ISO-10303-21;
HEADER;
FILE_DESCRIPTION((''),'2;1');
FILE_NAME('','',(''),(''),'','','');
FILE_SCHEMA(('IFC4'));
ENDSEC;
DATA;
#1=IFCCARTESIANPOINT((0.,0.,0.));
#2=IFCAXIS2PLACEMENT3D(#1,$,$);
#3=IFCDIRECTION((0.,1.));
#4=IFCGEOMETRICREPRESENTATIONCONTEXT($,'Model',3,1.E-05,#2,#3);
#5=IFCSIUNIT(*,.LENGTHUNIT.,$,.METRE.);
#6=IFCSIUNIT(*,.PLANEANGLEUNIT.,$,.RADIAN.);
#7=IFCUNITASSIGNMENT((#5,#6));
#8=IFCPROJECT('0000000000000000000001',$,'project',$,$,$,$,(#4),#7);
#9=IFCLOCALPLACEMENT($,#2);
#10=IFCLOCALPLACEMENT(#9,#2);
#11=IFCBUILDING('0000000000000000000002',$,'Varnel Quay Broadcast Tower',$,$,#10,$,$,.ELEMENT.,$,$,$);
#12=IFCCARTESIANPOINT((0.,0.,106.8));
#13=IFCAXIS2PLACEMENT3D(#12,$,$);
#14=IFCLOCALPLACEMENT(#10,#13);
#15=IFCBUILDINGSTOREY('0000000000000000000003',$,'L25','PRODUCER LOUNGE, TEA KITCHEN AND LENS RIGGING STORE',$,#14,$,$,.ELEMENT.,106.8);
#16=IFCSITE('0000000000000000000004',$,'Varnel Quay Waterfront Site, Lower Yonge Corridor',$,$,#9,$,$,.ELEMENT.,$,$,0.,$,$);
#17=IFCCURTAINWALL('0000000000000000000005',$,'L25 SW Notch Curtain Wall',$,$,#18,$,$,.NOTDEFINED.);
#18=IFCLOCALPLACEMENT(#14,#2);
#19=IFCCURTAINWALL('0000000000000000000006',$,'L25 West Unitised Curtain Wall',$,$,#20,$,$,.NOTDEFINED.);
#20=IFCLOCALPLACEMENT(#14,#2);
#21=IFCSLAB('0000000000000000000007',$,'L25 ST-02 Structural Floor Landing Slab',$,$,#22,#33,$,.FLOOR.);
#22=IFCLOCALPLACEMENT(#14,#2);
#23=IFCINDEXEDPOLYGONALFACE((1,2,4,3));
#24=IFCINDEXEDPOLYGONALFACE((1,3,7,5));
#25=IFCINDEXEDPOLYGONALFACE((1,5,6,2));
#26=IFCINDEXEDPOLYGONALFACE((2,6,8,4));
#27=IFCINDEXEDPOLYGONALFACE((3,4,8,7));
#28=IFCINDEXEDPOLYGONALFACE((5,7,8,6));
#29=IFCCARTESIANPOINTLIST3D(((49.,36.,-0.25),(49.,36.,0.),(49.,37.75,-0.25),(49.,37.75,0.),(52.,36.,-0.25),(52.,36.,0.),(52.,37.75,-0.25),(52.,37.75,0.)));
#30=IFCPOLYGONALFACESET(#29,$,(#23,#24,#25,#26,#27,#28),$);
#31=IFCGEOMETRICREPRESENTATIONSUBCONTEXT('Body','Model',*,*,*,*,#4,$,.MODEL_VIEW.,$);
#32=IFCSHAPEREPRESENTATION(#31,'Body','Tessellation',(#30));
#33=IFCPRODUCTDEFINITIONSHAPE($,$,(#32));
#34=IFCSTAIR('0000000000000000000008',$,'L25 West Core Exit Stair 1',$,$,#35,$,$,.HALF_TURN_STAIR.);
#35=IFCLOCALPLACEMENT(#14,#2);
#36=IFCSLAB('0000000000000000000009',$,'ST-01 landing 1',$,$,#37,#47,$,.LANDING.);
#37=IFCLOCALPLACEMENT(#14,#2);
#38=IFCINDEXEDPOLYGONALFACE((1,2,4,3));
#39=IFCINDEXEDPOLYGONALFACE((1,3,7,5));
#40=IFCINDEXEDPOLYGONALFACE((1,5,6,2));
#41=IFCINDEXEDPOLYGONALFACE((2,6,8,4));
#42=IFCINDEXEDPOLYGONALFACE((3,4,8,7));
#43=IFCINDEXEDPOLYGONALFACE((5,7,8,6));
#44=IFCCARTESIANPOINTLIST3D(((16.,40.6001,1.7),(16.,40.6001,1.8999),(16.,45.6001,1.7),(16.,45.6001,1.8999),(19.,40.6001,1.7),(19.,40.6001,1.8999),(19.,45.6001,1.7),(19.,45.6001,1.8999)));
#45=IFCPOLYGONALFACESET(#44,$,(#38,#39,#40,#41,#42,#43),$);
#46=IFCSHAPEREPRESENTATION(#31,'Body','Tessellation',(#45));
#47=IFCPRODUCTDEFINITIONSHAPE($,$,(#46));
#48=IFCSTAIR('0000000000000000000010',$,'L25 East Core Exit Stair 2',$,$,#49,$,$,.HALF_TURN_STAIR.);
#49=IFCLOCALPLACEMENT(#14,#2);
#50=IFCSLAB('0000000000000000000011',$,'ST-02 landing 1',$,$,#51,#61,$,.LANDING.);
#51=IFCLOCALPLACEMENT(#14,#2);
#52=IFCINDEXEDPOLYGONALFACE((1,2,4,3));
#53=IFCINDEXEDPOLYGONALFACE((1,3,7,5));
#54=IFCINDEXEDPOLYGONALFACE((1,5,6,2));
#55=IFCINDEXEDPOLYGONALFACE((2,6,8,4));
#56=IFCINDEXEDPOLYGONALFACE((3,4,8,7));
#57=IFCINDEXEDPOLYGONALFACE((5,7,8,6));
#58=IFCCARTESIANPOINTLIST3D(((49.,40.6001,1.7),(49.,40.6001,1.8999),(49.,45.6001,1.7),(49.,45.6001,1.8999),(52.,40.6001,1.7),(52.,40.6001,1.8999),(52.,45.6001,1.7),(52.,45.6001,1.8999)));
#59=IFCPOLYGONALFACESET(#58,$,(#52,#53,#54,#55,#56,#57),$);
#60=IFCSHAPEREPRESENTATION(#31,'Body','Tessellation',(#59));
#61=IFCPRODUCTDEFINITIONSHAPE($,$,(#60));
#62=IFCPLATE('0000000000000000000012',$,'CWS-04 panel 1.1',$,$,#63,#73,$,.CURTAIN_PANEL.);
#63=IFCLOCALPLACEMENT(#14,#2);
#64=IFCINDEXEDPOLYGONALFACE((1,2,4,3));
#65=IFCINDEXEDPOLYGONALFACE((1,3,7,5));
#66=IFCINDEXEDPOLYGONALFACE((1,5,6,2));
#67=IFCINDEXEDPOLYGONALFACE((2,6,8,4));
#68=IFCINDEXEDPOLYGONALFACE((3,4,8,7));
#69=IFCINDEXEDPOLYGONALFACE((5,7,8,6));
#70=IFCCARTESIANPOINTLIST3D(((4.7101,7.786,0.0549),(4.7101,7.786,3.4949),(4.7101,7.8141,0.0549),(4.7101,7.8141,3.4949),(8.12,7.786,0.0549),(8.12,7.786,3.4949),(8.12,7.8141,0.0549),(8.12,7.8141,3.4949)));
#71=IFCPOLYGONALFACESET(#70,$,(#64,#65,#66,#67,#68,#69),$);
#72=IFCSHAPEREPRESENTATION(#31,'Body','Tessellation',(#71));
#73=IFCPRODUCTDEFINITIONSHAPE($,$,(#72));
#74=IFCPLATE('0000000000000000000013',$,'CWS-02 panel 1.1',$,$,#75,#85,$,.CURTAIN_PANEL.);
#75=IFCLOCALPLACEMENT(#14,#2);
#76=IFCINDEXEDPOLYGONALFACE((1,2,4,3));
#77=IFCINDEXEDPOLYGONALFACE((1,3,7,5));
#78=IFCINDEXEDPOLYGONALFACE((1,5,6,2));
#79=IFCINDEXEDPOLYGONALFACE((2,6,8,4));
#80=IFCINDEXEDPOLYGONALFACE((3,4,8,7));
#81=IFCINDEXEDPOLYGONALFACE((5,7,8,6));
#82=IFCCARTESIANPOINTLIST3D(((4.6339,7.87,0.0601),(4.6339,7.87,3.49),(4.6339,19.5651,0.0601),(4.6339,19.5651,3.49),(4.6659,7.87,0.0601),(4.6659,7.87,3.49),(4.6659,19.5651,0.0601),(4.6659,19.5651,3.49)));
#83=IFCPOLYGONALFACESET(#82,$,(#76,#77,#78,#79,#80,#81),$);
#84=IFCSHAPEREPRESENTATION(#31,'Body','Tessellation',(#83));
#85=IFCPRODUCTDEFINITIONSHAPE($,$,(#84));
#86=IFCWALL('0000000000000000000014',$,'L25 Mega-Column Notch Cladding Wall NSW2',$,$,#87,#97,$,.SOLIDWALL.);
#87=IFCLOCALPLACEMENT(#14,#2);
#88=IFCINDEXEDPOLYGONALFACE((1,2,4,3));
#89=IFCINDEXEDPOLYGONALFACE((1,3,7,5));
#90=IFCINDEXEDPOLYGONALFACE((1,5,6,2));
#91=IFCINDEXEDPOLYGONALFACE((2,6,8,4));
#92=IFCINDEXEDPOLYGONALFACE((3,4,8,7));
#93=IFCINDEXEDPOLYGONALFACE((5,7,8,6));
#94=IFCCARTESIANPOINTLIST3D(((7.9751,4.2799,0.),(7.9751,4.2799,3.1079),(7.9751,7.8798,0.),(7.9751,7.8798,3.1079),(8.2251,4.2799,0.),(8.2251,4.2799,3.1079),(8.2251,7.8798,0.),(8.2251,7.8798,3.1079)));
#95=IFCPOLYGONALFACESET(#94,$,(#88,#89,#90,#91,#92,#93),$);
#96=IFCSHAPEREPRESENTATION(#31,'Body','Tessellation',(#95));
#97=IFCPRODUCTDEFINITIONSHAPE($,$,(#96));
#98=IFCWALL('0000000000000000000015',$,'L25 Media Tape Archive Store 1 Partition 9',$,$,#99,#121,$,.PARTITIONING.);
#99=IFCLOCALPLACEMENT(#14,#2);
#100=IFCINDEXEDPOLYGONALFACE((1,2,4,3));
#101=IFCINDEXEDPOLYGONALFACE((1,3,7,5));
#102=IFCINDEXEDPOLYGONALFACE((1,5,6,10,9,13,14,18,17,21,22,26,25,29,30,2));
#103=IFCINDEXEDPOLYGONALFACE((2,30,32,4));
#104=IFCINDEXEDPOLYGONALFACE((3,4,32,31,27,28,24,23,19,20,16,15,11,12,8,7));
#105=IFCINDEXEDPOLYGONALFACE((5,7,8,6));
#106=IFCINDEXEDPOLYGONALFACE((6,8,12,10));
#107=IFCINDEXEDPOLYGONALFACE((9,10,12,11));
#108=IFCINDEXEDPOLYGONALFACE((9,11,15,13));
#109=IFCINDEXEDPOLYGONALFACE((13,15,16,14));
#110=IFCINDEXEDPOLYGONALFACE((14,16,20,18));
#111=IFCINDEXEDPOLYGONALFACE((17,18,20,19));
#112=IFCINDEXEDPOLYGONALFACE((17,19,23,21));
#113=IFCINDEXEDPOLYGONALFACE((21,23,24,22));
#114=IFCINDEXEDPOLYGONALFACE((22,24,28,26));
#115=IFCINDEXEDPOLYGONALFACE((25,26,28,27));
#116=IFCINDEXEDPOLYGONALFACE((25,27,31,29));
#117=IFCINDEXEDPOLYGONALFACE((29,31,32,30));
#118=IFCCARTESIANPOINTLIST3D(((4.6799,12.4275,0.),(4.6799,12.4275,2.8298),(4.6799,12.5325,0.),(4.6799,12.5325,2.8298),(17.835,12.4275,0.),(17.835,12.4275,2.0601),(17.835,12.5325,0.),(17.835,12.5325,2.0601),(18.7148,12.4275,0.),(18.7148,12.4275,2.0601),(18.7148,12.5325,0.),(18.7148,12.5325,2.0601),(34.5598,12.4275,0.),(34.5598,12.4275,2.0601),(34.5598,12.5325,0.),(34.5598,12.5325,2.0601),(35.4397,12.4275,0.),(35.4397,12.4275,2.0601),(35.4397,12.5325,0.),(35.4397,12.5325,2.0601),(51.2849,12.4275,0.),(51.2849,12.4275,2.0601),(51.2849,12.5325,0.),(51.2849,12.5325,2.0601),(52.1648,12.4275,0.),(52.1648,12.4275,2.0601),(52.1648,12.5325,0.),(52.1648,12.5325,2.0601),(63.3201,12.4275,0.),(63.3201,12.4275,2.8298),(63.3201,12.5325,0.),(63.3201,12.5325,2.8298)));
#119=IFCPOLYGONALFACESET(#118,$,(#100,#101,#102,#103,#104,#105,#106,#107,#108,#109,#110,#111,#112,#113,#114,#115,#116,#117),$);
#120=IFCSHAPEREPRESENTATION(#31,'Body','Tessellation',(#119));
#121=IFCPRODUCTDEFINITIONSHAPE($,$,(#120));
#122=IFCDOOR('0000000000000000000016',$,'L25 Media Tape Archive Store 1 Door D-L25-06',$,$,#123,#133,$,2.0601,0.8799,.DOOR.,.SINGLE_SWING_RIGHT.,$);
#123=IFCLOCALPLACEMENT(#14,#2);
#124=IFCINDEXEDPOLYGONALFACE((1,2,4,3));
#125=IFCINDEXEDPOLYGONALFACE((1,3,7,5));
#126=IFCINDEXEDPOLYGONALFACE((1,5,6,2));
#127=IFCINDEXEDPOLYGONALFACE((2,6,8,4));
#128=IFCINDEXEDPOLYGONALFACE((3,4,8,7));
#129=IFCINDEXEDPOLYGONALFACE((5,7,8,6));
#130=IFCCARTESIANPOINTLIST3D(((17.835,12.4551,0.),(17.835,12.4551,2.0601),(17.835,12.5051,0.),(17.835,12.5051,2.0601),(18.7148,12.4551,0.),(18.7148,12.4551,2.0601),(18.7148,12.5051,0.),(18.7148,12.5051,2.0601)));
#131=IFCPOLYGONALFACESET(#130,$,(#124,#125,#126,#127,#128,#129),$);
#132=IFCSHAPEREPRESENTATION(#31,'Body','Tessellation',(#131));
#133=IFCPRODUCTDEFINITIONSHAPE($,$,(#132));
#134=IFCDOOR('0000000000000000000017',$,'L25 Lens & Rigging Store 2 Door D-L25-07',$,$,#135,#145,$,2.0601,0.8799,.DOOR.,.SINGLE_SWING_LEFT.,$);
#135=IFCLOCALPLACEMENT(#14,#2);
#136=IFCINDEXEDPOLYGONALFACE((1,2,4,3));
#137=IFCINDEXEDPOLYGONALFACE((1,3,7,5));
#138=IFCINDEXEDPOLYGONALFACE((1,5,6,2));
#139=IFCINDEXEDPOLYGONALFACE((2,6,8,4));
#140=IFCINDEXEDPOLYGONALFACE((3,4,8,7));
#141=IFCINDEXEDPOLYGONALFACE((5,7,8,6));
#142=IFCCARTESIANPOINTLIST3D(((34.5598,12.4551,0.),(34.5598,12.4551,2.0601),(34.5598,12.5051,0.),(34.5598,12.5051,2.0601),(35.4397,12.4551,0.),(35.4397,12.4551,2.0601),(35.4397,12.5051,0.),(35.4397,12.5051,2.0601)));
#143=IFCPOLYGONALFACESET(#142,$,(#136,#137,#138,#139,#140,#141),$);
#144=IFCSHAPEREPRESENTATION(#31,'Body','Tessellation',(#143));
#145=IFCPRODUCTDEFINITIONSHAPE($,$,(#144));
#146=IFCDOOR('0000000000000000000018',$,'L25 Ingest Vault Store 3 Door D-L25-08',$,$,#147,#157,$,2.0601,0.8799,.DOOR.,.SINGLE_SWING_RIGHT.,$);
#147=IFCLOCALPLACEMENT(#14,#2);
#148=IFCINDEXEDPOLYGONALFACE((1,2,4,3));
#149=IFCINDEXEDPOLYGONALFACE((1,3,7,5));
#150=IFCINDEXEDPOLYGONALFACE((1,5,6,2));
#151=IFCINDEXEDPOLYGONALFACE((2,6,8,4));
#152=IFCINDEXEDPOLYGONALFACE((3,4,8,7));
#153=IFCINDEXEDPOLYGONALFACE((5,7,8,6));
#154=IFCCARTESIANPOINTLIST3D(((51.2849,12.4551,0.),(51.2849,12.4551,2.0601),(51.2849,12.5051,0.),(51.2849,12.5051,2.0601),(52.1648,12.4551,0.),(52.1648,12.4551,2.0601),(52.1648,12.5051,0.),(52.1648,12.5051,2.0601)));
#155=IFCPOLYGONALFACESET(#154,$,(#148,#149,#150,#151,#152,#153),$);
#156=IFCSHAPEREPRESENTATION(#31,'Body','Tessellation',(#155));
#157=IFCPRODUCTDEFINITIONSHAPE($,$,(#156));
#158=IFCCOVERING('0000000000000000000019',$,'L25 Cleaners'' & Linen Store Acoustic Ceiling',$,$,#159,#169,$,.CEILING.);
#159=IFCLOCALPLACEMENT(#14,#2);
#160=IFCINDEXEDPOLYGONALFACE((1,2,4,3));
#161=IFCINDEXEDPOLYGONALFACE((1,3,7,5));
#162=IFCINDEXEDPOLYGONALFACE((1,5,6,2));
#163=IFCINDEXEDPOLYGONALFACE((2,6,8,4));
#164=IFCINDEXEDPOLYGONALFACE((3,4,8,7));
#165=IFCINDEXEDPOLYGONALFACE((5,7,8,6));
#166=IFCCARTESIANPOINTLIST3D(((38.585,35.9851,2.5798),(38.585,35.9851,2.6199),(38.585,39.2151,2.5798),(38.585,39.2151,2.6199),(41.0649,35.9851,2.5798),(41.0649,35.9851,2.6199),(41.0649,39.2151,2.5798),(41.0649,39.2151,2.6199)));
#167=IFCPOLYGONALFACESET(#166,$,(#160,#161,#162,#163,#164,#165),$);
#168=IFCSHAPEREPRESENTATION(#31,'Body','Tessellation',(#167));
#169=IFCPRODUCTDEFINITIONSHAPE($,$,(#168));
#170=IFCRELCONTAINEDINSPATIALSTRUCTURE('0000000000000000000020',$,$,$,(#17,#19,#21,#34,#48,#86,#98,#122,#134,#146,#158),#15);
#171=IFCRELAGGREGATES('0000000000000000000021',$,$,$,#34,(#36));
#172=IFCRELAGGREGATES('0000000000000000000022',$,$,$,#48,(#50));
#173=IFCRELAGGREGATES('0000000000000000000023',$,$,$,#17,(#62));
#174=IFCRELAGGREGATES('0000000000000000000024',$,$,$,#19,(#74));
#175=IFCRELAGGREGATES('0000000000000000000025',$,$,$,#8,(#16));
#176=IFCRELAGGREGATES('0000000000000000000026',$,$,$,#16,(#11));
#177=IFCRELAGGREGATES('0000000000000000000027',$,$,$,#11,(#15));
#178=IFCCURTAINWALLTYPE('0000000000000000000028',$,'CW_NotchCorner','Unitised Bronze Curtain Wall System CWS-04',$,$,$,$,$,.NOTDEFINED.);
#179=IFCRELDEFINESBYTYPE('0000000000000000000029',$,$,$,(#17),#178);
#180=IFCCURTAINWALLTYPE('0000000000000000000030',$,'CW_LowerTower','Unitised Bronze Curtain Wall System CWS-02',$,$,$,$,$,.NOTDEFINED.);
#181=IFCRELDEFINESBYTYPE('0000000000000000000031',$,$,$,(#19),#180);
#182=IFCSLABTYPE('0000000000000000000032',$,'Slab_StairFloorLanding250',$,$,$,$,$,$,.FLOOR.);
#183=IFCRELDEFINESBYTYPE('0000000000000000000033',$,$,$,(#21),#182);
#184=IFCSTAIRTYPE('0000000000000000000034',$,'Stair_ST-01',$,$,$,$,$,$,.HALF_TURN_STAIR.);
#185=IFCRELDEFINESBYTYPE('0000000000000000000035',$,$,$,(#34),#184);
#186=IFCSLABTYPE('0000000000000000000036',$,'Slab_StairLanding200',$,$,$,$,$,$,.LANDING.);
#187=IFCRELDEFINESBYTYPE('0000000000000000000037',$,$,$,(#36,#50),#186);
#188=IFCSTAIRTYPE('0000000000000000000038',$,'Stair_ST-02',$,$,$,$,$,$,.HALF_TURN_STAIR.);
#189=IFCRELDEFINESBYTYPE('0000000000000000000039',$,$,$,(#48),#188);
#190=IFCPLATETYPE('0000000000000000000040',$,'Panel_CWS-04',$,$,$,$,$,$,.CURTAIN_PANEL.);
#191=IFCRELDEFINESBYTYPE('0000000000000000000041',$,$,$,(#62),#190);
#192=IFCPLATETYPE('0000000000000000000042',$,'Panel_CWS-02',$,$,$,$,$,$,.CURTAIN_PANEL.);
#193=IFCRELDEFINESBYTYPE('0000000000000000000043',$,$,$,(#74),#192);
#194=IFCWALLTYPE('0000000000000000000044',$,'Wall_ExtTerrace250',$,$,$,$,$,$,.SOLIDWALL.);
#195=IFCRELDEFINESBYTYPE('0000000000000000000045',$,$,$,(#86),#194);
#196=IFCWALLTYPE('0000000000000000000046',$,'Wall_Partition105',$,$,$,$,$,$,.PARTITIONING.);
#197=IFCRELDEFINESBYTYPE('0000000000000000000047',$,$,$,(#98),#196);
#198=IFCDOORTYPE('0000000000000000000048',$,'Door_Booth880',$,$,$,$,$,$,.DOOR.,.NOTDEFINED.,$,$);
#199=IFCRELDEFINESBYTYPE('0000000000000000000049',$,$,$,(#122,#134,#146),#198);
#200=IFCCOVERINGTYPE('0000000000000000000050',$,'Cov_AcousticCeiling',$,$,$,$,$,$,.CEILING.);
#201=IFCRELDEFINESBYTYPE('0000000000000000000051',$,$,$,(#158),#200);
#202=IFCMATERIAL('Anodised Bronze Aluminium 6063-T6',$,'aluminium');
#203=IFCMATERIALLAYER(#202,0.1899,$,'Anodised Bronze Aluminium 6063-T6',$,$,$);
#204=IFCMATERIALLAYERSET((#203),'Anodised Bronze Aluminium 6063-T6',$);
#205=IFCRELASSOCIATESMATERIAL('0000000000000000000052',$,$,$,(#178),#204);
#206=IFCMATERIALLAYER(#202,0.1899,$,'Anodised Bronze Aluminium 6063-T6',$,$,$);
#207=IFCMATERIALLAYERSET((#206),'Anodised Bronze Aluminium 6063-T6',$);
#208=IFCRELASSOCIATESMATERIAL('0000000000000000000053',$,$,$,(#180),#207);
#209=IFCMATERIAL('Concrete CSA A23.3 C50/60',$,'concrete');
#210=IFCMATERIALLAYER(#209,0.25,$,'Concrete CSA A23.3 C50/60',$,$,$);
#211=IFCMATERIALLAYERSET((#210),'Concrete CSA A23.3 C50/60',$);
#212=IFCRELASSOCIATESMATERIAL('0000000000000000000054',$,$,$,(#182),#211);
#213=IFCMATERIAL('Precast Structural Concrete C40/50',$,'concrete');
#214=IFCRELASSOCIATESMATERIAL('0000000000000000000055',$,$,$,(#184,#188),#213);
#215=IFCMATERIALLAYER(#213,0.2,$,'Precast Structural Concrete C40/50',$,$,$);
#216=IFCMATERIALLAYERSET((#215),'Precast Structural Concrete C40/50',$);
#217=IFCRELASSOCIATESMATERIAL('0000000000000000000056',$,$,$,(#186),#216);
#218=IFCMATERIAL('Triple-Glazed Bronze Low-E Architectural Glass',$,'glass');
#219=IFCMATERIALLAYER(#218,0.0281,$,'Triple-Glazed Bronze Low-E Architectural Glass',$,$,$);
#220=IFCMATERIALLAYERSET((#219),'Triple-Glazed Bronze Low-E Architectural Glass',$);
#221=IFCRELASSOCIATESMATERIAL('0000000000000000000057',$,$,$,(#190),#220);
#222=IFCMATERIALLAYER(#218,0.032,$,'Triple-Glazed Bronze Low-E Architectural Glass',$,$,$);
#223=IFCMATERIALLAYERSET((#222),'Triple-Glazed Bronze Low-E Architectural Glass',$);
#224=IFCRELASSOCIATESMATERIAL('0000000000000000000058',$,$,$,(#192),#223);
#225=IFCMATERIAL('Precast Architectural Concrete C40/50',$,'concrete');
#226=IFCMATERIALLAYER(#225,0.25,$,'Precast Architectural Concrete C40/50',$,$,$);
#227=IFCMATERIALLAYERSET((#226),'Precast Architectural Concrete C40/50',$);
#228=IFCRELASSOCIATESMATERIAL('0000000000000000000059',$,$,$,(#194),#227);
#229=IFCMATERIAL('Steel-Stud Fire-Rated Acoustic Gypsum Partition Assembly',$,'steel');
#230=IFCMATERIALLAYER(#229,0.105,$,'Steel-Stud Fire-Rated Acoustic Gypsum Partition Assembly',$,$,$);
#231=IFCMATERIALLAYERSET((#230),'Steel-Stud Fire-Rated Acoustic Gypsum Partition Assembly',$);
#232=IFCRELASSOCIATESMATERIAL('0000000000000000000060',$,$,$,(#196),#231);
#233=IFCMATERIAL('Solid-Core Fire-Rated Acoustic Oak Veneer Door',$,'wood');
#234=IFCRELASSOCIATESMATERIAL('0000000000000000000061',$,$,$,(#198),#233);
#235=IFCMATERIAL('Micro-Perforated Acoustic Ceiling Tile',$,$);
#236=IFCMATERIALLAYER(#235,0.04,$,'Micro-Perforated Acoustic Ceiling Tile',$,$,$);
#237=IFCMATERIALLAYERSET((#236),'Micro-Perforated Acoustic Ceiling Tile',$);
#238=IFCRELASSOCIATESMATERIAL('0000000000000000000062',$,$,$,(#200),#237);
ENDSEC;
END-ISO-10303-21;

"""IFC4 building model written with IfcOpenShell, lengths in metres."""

from ifc_helpers import new_model, si_unit, direction, frame, frame_2d, origin, origin_2d, place, context, subcontext, project, spatial, polyline, rectangle, outline, extrude, source, transform, mapped, material, layer, layer_set, type_object, type_shapes, element, fill, aggregate, save


model = new_model("IFC4")

# Units and contexts
model_context = context("Model", 3, precision=1e-05, world=origin(), true_north=direction((0.0, 1.0)))
body_context = subcontext(model_context, "Body", "Model", "MODEL_VIEW")
ifc_project = project(units=[si_unit("LENGTHUNIT", "METRE"), si_unit("PLANEANGLEUNIT", "RADIAN")], contexts=[model_context])

# Site, building, storey
site_placement = place(None, origin())
site = spatial("IfcSite", under=ifc_project, at=site_placement, Name="Varnel Quay Waterfront Site, Lower Yonge Corridor", CompositionType="ELEMENT", RefElevation=0.0)
building_placement = place(site_placement, origin())
building = spatial("IfcBuilding", under=site, at=building_placement, Name="Varnel Quay Broadcast Tower", CompositionType="ELEMENT")
storey_placement = place(building_placement, frame((0.0, 0.0, 106.8)))
storey = spatial("IfcBuildingStorey", under=building, at=storey_placement, Name="L25", Description="PRODUCER LOUNGE, TEA KITCHEN AND LENS RIGGING STORE", CompositionType="ELEMENT", Elevation=106.8)

# Curtain walls
ifc_material_1 = material(Name="Anodised Bronze Aluminium 6063-T6", Category="aluminium")
ifc_layer_1 = layer(ifc_material_1, 0.1899, Name="Anodised Bronze Aluminium 6063-T6")
ifc_layer_set_1 = layer_set([ifc_layer_1], Name="Anodised Bronze Aluminium 6063-T6")
curtain_wall_type_1 = type_object("IfcCurtainWallType", Name="CW_NotchCorner", Description="Unitised Bronze Curtain Wall System CWS-04", PredefinedType="NOTDEFINED", material=ifc_layer_set_1)
curtain_wall_1_placement = place(storey_placement, origin())
curtain_wall_1 = element("IfcCurtainWall", 1, at=curtain_wall_1_placement, inside=storey, type_object=curtain_wall_type_1, Name="L25 SW Notch Curtain Wall", PredefinedType="NOTDEFINED")
ifc_layer_2 = layer(ifc_material_1, 0.1899, Name="Anodised Bronze Aluminium 6063-T6")
ifc_layer_set_2 = layer_set([ifc_layer_2], Name="Anodised Bronze Aluminium 6063-T6")
curtain_wall_type_2 = type_object("IfcCurtainWallType", Name="CW_LowerTower", Description="Unitised Bronze Curtain Wall System CWS-02", PredefinedType="NOTDEFINED", material=ifc_layer_set_2)
curtain_wall_2_placement = place(storey_placement, origin())
curtain_wall_2 = element("IfcCurtainWall", 2, at=curtain_wall_2_placement, inside=storey, type_object=curtain_wall_type_2, Name="L25 West Unitised Curtain Wall", PredefinedType="NOTDEFINED")

# Slab
ifc_material_2 = material(Name="Concrete CSA A23.3 C50/60", Category="concrete")
ifc_layer_3 = layer(ifc_material_2, 0.25, Name="Concrete CSA A23.3 C50/60")
ifc_layer_set_3 = layer_set([ifc_layer_3], Name="Concrete CSA A23.3 C50/60")
slab_type_1 = type_object("IfcSlabType", Name="Slab_StairFloorLanding250", PredefinedType="FLOOR", material=ifc_layer_set_3)
slab_1_placement = place(storey_placement, frame((0.0, 0.0, -0.25)))
element("IfcSlab", 3, at=slab_1_placement, inside=storey, type_object=slab_type_1, Name="L25 ST-02 Structural Floor Landing Slab", PredefinedType="FLOOR", context=body_context, shape_type="SweptSolid", body=[
    extrude(outline(polyline([(52.0, 36.0), (52.0, 37.75), (49.0, 37.75), (49.0, 36.0), (52.0, 36.0)])), origin(), (0.0, 0.0, 1.0), 0.25),
])

# Stairs, slabs
ifc_material_3 = material(Name="Precast Structural Concrete C40/50", Category="concrete")
stair_type_1 = type_object("IfcStairType", Name="Stair_ST-01", PredefinedType="HALF_TURN_STAIR", material=ifc_material_3)
stair_1_placement = place(storey_placement, origin())
stair_1 = element("IfcStair", 4, at=stair_1_placement, inside=storey, type_object=stair_type_1, Name="L25 West Core Exit Stair 1", PredefinedType="HALF_TURN_STAIR")
ifc_layer_4 = layer(ifc_material_3, 0.2, Name="Precast Structural Concrete C40/50")
ifc_layer_set_4 = layer_set([ifc_layer_4], Name="Precast Structural Concrete C40/50")
slab_type_2 = type_object("IfcSlabType", Name="Slab_StairLanding200", PredefinedType="LANDING", material=ifc_layer_set_4)
slab_2_placement = place(storey_placement, frame((0.0, 0.0, 1.7)))
slab_2 = element("IfcSlab", 5, at=slab_2_placement, type_object=slab_type_2, Name="ST-01 landing 1", PredefinedType="LANDING", context=body_context, shape_type="SweptSolid", body=[
    extrude(outline(polyline([(19.0, 40.6001), (19.0, 45.6001), (16.0, 45.6001), (16.0, 40.6001), (19.0, 40.6001)])), origin(), (0.0, 0.0, 1.0), 0.2),
])
aggregate(stair_1, [slab_2])
stair_type_2 = type_object("IfcStairType", Name="Stair_ST-02", PredefinedType="HALF_TURN_STAIR", material=ifc_material_3)
stair_2_placement = place(storey_placement, origin())
stair_2 = element("IfcStair", 6, at=stair_2_placement, inside=storey, type_object=stair_type_2, Name="L25 East Core Exit Stair 2", PredefinedType="HALF_TURN_STAIR")
slab_3_placement = place(storey_placement, frame((0.0, 0.0, 1.7)))
slab_3 = element("IfcSlab", 7, at=slab_3_placement, type_object=slab_type_2, Name="ST-02 landing 1", PredefinedType="LANDING", context=body_context, shape_type="SweptSolid", body=[
    extrude(outline(polyline([(52.0, 40.6001), (52.0, 45.6001), (49.0, 45.6001), (49.0, 40.6001), (52.0, 40.6001)])), origin(), (0.0, 0.0, 1.0), 0.2),
])
aggregate(stair_2, [slab_3])

# Plates
ifc_material_4 = material(Name="Triple-Glazed Bronze Low-E Architectural Glass", Category="glass")
ifc_layer_5 = layer(ifc_material_4, 0.0281, Name="Triple-Glazed Bronze Low-E Architectural Glass")
ifc_layer_set_5 = layer_set([ifc_layer_5], Name="Triple-Glazed Bronze Low-E Architectural Glass")
plate_type_1 = type_object("IfcPlateType", Name="Panel_CWS-04", PredefinedType="CURTAIN_PANEL", material=ifc_layer_set_5)
shared_shape_1 = source(origin(), body_context, "Body", "SweptSolid", [
    extrude(rectangle(XDim=3.4099, YDim=0.0281, at=origin_2d()), origin(), (0.0, 0.0, 1.0), 3.4399),
])
type_shapes(plate_type_1, [shared_shape_1])
plate_1_placement = place(storey_placement, frame((6.415, 7.8, 0.0549), z_axis=(0.0, 0.0, 1.0), x_axis=(1.0, 0.0, 0.0)))
plate_1 = element("IfcPlate", 8, at=plate_1_placement, type_object=plate_type_1, Name="CWS-04 panel 1.1", PredefinedType="CURTAIN_PANEL", context=body_context, shape_type="MappedRepresentation", body=[
    mapped(shared_shape_1, transform((0.0, 0.0, 0.0), x_axis=(1.0, 0.0, 0.0), y_axis=(0.0, 1.0, 0.0), z_axis=(0.0, 0.0, 1.0), scale=1.0)),
])
aggregate(curtain_wall_1, [plate_1])
ifc_layer_6 = layer(ifc_material_4, 0.032, Name="Triple-Glazed Bronze Low-E Architectural Glass")
ifc_layer_set_6 = layer_set([ifc_layer_6], Name="Triple-Glazed Bronze Low-E Architectural Glass")
plate_type_2 = type_object("IfcPlateType", Name="Panel_CWS-02", PredefinedType="CURTAIN_PANEL", material=ifc_layer_set_6)
shared_shape_2 = source(origin(), body_context, "Body", "SweptSolid", [
    extrude(rectangle(XDim=11.6951, YDim=0.032, at=origin_2d()), origin(), (0.0, 0.0, 1.0), 3.4299),
])
type_shapes(plate_type_2, [shared_shape_2])
plate_2_placement = place(storey_placement, frame((4.6499, 13.7175, 0.0601), z_axis=(0.0, 0.0, 1.0), x_axis=(0.0, 1.0, 0.0)))
plate_2 = element("IfcPlate", 9, at=plate_2_placement, type_object=plate_type_2, Name="CWS-02 panel 1.1", PredefinedType="CURTAIN_PANEL", context=body_context, shape_type="MappedRepresentation", body=[
    mapped(shared_shape_2, transform((0.0, 0.0, 0.0), x_axis=(1.0, 0.0, 0.0), y_axis=(0.0, 1.0, 0.0), z_axis=(0.0, 0.0, 1.0), scale=1.0)),
])
aggregate(curtain_wall_2, [plate_2])

# Wall
ifc_material_5 = material(Name="Precast Architectural Concrete C40/50", Category="concrete")
ifc_layer_7 = layer(ifc_material_5, 0.25, Name="Precast Architectural Concrete C40/50")
ifc_layer_set_7 = layer_set([ifc_layer_7], Name="Precast Architectural Concrete C40/50")
wall_type_1 = type_object("IfcWallType", Name="Wall_ExtTerrace250", PredefinedType="SOLIDWALL", material=ifc_layer_set_7)
wall_1_placement = place(storey_placement, frame((8.1001, 4.28, 0.0), z_axis=(0.0, 0.0, 1.0), x_axis=(0.0, 1.0, 0.0)))
element("IfcWall", 10, at=wall_1_placement, inside=storey, type_object=wall_type_1, Name="L25 Mega-Column Notch Cladding Wall NSW2", PredefinedType="SOLIDWALL", context=body_context, shape_type="SweptSolid", body=[
    extrude(rectangle(XDim=3.5999, YDim=0.25, at=frame_2d((1.7998, 0.0))), origin(), (0.0, 0.0, 1.0), 3.1079),
])

# Wall, openings, doors
ifc_material_6 = material(Name="Steel-Stud Fire-Rated Acoustic Gypsum Partition Assembly", Category="steel")
ifc_layer_8 = layer(ifc_material_6, 0.105, Name="Steel-Stud Fire-Rated Acoustic Gypsum Partition Assembly")
ifc_layer_set_8 = layer_set([ifc_layer_8], Name="Steel-Stud Fire-Rated Acoustic Gypsum Partition Assembly")
wall_type_2 = type_object("IfcWallType", Name="Wall_Partition105", PredefinedType="PARTITIONING", material=ifc_layer_set_8)
wall_2_placement = place(storey_placement, frame((4.6799, 12.48, 0.0), z_axis=(0.0, 0.0, 1.0), x_axis=(1.0, 0.0, 0.0)))
wall_2 = element("IfcWall", 11, at=wall_2_placement, inside=storey, type_object=wall_type_2, Name="L25 Media Tape Archive Store 1 Partition 9", PredefinedType="PARTITIONING", context=body_context, shape_type="SweptSolid", body=[
    extrude(rectangle(XDim=58.6401, YDim=0.105, at=frame_2d((29.3201, 0.0))), origin(), (0.0, 0.0, 1.0), 2.8298),
])
opening_1_placement = place(wall_2_placement, frame((13.155, 0.0, 0.0)))
opening_1 = element("IfcOpeningElement", 12, at=opening_1_placement, cuts=wall_2, PredefinedType="OPENING", context=body_context, shape_type="SweptSolid", body=[
    extrude(rectangle(XDim=0.8799, YDim=2.0601, at=frame_2d((0.4399, 1.03))), frame((0.0, 0.0625, 0.0), z_axis=(0.0, -1.0, 0.0), x_axis=(1.0, 0.0, 0.0)), (0.0, 0.0, 1.0), 0.125),
])
opening_2_placement = place(wall_2_placement, frame((29.8799, 0.0, 0.0)))
opening_2 = element("IfcOpeningElement", 13, at=opening_2_placement, cuts=wall_2, PredefinedType="OPENING", context=body_context, shape_type="SweptSolid", body=[
    extrude(rectangle(XDim=0.8799, YDim=2.0601, at=frame_2d((0.4399, 1.03))), frame((0.0, 0.0625, 0.0), z_axis=(0.0, -1.0, 0.0), x_axis=(1.0, 0.0, 0.0)), (0.0, 0.0, 1.0), 0.125),
])
opening_3_placement = place(wall_2_placement, frame((46.605, 0.0, 0.0)))
opening_3 = element("IfcOpeningElement", 14, at=opening_3_placement, cuts=wall_2, PredefinedType="OPENING", context=body_context, shape_type="SweptSolid", body=[
    extrude(rectangle(XDim=0.8799, YDim=2.0601, at=frame_2d((0.4399, 1.03))), frame((0.0, 0.0625, 0.0), z_axis=(0.0, -1.0, 0.0), x_axis=(1.0, 0.0, 0.0)), (0.0, 0.0, 1.0), 0.125),
])
ifc_material_7 = material(Name="Solid-Core Fire-Rated Acoustic Oak Veneer Door", Category="wood")
door_type = type_object("IfcDoorType", Name="Door_Booth880", OperationType="NOTDEFINED", PredefinedType="DOOR", material=ifc_material_7)
shared_shape_3 = source(origin(), body_context, "Body", "SweptSolid", [
    extrude(rectangle(XDim=0.8799, YDim=2.0601, at=frame_2d((0.4399, 1.03))), frame((0.0, 0.0249, 0.0), z_axis=(0.0, -1.0, 0.0), x_axis=(1.0, 0.0, 0.0)), (0.0, 0.0, 1.0), 0.05),
])
type_shapes(door_type, [shared_shape_3])
door_1_placement = place(opening_1_placement, frame((0.8799, 0.0, 0.0), z_axis=(0.0, 0.0, 1.0), x_axis=(-1.0, 0.0, 0.0)))
door_1 = element("IfcDoor", 15, at=door_1_placement, inside=storey, type_object=door_type, Name="L25 Media Tape Archive Store 1 Door D-L25-06", OperationType="SINGLE_SWING_RIGHT", OverallHeight=2.0601, OverallWidth=0.8799, PredefinedType="DOOR", context=body_context, shape_type="MappedRepresentation", body=[
    mapped(shared_shape_3, transform((0.0, 0.0, 0.0), x_axis=(1.0, 0.0, 0.0), y_axis=(0.0, 1.0, 0.0), z_axis=(0.0, 0.0, 1.0), scale=1.0)),
])
fill(opening_1, door_1)
door_2_placement = place(opening_2_placement, frame((0.8799, 0.0, 0.0), z_axis=(0.0, 0.0, 1.0), x_axis=(-1.0, 0.0, 0.0)))
door_2 = element("IfcDoor", 16, at=door_2_placement, inside=storey, type_object=door_type, Name="L25 Lens & Rigging Store 2 Door D-L25-07", OperationType="SINGLE_SWING_LEFT", OverallHeight=2.0601, OverallWidth=0.8799, PredefinedType="DOOR", context=body_context, shape_type="MappedRepresentation", body=[
    mapped(shared_shape_3, transform((0.0, 0.0, 0.0), x_axis=(1.0, 0.0, 0.0), y_axis=(0.0, 1.0, 0.0), z_axis=(0.0, 0.0, 1.0), scale=1.0)),
])
fill(opening_2, door_2)
door_3_placement = place(opening_3_placement, frame((0.8799, 0.0, 0.0), z_axis=(0.0, 0.0, 1.0), x_axis=(-1.0, 0.0, 0.0)))
door_3 = element("IfcDoor", 17, at=door_3_placement, inside=storey, type_object=door_type, Name="L25 Ingest Vault Store 3 Door D-L25-08", OperationType="SINGLE_SWING_RIGHT", OverallHeight=2.0601, OverallWidth=0.8799, PredefinedType="DOOR", context=body_context, shape_type="MappedRepresentation", body=[
    mapped(shared_shape_3, transform((0.0, 0.0, 0.0), x_axis=(1.0, 0.0, 0.0), y_axis=(0.0, 1.0, 0.0), z_axis=(0.0, 0.0, 1.0), scale=1.0)),
])
fill(opening_3, door_3)

# Covering
ifc_material_8 = material(Name="Micro-Perforated Acoustic Ceiling Tile")
ifc_layer_9 = layer(ifc_material_8, 0.04, Name="Micro-Perforated Acoustic Ceiling Tile")
ifc_layer_set_9 = layer_set([ifc_layer_9], Name="Micro-Perforated Acoustic Ceiling Tile")
covering_type_1 = type_object("IfcCoveringType", Name="Cov_AcousticCeiling", PredefinedType="CEILING", material=ifc_layer_set_9)
covering_1_placement = place(storey_placement, frame((0.0, 0.0, 2.5798)))
element("IfcCovering", 18, at=covering_1_placement, inside=storey, type_object=covering_type_1, Name="L25 Cleaners' & Linen Store Acoustic Ceiling", PredefinedType="CEILING", context=body_context, shape_type="SweptSolid", body=[
    extrude(outline(polyline([(38.585, 35.9851), (41.0649, 35.9851), (41.0649, 39.2151), (38.585, 39.2151), (38.585, 35.9851)])), origin(), (0.0, 0.0, 1.0), 0.04),
])

save(model, "model.ifc")
